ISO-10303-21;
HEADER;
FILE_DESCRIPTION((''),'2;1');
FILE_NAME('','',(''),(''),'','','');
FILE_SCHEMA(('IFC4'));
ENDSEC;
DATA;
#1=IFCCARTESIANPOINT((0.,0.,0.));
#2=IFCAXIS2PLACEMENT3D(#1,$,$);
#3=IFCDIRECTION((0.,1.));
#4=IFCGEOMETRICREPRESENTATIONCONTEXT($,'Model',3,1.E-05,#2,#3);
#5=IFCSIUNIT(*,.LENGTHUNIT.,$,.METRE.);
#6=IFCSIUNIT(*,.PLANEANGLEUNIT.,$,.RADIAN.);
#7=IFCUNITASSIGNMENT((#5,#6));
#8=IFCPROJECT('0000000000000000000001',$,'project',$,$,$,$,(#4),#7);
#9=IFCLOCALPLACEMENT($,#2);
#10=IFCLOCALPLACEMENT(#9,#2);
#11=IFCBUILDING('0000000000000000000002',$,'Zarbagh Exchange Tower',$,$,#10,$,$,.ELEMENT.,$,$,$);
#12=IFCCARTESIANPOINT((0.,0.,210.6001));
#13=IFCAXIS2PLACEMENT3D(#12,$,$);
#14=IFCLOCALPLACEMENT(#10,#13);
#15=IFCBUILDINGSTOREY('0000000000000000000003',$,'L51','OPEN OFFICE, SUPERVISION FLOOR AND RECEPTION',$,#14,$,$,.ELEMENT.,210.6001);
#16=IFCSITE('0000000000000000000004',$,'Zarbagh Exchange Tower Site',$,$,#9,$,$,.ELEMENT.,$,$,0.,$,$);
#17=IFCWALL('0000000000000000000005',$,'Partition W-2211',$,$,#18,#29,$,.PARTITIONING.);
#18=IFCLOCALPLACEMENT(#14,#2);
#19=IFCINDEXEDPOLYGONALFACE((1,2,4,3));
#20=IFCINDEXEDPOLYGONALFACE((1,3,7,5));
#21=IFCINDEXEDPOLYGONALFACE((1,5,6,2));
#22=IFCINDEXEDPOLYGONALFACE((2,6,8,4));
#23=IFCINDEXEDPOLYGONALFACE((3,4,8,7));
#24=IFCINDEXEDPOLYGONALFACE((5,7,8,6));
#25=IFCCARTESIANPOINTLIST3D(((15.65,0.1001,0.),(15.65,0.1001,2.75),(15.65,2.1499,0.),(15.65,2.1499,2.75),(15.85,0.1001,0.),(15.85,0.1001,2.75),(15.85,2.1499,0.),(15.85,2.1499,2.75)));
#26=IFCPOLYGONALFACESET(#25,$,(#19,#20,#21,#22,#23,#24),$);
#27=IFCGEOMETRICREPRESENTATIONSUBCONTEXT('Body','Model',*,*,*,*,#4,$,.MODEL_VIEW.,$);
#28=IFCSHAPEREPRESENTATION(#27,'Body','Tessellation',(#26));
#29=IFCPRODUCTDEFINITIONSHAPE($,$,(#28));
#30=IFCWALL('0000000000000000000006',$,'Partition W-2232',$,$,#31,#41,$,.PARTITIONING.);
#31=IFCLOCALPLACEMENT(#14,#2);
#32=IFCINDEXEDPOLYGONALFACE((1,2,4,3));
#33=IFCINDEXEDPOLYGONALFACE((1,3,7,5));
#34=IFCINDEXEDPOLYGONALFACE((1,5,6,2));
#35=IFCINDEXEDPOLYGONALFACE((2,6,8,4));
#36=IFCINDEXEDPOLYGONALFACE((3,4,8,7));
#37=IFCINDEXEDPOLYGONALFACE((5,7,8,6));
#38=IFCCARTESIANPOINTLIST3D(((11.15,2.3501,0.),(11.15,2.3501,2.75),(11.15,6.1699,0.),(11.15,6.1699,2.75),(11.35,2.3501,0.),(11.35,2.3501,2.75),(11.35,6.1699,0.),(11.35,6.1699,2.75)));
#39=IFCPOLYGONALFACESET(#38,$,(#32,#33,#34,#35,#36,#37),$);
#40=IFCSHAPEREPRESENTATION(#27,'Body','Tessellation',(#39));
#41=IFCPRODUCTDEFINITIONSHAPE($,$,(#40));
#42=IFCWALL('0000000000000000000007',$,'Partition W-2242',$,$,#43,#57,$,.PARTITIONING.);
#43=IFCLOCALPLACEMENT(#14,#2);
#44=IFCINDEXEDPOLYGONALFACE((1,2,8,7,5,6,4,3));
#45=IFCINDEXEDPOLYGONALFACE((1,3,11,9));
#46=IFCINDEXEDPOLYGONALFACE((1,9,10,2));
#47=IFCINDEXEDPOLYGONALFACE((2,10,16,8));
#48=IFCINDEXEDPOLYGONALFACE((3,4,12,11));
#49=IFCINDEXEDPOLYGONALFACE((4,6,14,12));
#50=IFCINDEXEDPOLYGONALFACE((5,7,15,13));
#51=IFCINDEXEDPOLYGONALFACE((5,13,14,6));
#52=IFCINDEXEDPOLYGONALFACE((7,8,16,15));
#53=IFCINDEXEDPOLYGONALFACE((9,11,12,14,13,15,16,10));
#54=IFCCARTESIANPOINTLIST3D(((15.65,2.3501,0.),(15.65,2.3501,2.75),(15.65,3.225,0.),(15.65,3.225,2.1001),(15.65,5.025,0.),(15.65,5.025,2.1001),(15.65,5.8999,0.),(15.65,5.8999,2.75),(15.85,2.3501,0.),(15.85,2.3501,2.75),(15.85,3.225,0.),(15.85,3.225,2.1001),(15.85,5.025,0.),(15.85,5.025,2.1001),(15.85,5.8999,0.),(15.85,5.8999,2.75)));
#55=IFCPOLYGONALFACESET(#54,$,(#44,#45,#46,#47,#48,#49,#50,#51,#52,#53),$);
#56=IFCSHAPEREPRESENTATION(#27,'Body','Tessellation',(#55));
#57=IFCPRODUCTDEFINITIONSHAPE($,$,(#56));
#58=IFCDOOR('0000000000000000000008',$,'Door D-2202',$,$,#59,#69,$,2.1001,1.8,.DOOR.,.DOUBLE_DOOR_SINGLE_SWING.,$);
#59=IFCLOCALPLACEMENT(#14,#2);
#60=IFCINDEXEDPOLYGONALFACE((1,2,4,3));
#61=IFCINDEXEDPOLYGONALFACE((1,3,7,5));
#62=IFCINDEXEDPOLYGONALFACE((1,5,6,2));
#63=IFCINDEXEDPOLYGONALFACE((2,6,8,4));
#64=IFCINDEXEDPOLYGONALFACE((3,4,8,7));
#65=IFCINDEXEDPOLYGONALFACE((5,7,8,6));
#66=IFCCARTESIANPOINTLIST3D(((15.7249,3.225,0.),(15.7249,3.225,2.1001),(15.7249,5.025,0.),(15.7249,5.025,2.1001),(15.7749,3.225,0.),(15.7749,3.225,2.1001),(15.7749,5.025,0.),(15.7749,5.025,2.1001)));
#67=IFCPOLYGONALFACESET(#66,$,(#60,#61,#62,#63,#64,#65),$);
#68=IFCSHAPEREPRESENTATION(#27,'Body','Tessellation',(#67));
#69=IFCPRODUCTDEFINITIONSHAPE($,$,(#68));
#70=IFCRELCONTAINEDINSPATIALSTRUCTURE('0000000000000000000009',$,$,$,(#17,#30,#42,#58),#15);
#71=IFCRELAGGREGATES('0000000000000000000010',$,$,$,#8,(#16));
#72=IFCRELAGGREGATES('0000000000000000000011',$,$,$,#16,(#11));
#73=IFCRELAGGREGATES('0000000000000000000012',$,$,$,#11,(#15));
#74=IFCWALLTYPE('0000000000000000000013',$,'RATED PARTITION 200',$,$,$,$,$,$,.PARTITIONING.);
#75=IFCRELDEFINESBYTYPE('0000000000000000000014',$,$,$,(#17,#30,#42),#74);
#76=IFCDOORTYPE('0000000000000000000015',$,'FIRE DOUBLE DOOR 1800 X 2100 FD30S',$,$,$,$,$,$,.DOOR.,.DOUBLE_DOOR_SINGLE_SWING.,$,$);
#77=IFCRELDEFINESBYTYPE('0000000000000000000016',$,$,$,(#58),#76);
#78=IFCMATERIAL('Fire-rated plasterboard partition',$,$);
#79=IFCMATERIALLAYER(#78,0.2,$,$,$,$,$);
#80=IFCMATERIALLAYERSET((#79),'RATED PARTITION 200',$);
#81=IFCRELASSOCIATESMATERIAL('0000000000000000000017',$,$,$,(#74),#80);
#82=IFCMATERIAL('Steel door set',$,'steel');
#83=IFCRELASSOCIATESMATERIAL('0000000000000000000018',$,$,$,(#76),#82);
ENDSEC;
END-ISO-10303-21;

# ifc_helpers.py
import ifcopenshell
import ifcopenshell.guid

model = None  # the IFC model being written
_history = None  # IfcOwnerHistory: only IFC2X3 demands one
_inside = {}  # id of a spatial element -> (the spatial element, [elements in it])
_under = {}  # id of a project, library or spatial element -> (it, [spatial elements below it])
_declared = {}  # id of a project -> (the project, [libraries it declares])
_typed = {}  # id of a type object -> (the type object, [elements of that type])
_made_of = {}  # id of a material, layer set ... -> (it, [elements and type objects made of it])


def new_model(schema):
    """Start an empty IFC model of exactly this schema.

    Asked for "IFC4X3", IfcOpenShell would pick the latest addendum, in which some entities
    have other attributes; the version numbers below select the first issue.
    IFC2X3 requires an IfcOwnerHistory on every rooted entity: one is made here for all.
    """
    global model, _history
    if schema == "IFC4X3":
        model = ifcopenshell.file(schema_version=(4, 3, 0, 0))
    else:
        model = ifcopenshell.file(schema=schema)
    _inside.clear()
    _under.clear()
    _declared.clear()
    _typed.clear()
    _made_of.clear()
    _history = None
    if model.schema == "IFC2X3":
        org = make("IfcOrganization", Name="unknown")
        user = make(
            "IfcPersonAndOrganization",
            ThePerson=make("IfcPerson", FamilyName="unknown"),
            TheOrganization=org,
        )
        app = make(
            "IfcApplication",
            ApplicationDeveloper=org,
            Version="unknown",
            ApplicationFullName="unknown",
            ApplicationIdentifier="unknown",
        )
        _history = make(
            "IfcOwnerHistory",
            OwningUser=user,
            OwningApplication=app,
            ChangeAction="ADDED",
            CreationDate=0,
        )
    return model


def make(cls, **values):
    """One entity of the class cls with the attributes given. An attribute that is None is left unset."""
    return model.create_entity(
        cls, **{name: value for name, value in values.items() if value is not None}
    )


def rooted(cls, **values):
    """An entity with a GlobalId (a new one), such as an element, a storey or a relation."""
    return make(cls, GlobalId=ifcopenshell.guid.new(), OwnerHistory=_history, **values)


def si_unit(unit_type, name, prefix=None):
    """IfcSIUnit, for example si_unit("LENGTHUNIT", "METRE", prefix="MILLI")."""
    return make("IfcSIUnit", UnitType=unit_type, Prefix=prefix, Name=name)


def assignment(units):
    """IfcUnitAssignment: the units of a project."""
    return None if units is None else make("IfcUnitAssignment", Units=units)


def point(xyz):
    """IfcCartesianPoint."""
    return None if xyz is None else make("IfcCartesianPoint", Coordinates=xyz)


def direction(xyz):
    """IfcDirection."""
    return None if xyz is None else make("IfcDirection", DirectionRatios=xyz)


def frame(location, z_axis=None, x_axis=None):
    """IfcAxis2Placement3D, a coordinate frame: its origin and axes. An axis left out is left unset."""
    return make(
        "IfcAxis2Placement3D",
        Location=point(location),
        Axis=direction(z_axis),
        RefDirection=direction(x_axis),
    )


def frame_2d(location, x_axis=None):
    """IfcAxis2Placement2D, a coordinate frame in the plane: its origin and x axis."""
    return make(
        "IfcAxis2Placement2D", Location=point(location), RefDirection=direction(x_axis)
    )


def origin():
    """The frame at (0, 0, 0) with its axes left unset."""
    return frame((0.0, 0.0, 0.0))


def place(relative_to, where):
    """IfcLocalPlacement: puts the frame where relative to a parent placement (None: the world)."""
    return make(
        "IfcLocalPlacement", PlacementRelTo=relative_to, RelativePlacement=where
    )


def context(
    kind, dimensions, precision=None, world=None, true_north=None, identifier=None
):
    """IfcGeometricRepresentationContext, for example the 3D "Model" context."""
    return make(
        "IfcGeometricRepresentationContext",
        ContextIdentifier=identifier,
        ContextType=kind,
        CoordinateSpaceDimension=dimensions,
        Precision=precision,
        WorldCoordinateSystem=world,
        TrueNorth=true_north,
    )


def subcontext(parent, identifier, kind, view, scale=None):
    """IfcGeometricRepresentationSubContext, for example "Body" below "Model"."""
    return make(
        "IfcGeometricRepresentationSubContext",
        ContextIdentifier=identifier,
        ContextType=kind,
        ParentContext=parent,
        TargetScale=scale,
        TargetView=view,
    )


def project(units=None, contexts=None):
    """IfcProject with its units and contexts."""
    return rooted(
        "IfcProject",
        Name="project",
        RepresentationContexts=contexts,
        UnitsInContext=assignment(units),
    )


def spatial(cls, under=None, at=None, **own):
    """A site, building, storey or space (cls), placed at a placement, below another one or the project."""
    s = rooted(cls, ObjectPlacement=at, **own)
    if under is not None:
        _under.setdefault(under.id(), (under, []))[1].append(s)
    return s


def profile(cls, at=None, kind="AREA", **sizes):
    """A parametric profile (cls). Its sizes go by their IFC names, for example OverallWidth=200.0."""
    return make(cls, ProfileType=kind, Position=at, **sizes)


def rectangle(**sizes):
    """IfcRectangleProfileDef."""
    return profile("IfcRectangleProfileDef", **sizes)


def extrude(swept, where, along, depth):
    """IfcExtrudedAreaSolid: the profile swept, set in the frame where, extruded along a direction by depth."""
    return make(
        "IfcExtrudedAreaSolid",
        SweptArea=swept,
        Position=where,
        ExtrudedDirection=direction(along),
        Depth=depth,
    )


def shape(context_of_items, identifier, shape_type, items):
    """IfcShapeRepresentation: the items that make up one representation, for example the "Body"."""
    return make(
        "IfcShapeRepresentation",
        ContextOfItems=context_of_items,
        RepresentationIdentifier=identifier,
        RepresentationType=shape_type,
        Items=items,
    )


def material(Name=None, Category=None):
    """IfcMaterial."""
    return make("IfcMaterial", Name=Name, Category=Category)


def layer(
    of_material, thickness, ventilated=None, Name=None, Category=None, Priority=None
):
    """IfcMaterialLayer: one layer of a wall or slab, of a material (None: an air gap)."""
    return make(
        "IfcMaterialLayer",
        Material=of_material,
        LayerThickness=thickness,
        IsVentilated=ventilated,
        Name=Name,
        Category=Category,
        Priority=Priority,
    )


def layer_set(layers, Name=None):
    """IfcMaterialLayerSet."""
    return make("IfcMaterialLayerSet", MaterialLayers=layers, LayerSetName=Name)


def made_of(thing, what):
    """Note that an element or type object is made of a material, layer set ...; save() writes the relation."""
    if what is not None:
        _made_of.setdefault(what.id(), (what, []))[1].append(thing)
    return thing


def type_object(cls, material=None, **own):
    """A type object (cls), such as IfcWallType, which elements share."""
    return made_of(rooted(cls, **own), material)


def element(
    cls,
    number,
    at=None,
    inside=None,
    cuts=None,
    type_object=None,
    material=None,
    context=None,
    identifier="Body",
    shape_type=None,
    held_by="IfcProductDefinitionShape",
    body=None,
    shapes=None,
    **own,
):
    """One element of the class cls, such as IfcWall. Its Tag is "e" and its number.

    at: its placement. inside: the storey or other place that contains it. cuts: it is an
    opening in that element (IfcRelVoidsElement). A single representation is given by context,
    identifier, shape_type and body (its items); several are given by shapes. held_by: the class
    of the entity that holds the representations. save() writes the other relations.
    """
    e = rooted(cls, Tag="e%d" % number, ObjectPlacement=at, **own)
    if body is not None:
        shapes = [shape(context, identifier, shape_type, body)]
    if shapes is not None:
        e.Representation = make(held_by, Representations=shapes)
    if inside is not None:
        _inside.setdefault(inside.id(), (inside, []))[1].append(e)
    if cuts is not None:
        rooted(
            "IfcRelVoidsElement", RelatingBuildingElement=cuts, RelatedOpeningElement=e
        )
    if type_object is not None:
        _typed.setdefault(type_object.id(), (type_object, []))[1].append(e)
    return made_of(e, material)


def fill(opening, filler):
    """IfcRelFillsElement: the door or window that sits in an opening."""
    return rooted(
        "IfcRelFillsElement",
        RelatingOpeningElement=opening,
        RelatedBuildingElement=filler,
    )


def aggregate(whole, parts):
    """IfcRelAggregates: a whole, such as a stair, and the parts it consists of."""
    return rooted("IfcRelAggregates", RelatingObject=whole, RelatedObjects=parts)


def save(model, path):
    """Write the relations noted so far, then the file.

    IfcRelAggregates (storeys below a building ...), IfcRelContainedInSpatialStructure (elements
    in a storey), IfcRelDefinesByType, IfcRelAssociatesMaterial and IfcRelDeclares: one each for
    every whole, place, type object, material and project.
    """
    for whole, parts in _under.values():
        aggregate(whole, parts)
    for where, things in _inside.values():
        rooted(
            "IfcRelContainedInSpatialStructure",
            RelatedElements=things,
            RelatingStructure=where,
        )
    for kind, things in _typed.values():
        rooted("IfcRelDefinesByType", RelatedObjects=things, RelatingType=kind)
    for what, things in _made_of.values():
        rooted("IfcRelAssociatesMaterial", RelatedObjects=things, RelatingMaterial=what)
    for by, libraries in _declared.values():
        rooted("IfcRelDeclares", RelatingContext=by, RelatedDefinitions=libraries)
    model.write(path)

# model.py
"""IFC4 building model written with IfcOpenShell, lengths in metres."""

from ifc_helpers import new_model, si_unit, direction, frame, frame_2d, origin, place, context, subcontext, project, spatial, rectangle, extrude, material, layer, layer_set, type_object, element, fill, save


model = new_model("IFC4")

# Units and contexts
model_context = context("Model", 3, precision=1e-05, world=origin(), true_north=direction((0.0, 1.0)))
body_context = subcontext(model_context, "Body", "Model", "MODEL_VIEW")
ifc_project = project(units=[si_unit("LENGTHUNIT", "METRE"), si_unit("PLANEANGLEUNIT", "RADIAN")], contexts=[model_context])

# Site, building, storey
site_placement = place(None, origin())
site = spatial("IfcSite", under=ifc_project, at=site_placement, Name="Zarbagh Exchange Tower Site", CompositionType="ELEMENT", RefElevation=0.0)
building_placement = place(site_placement, origin())
building = spatial("IfcBuilding", under=site, at=building_placement, Name="Zarbagh Exchange Tower", CompositionType="ELEMENT")
storey_placement = place(building_placement, frame((0.0, 0.0, 210.6001)))
storey = spatial("IfcBuildingStorey", under=building, at=storey_placement, Name="L51", Description="OPEN OFFICE, SUPERVISION FLOOR AND RECEPTION", CompositionType="ELEMENT", Elevation=210.6001)

# Shared definitions
ifc_material_1 = material(Name="Fire-rated plasterboard partition")
ifc_layer_1 = layer(ifc_material_1, 0.2)
ifc_layer_set_1 = layer_set([ifc_layer_1], Name="RATED PARTITION 200")
wall_type_1 = type_object("IfcWallType", Name="RATED PARTITION 200", PredefinedType="PARTITIONING", material=ifc_layer_set_1)
ifc_material_2 = material(Name="Steel door set", Category="steel")

# Walls
wall_1_placement = place(storey_placement, frame((15.75, 0.1001, 0.0), z_axis=(0.0, 0.0, 1.0), x_axis=(0.0, 1.0, 0.0)))
element("IfcWall", 1, at=wall_1_placement, inside=storey, type_object=wall_type_1, Name="Partition W-2211", PredefinedType="PARTITIONING", context=body_context, shape_type="SweptSolid", body=[
    extrude(rectangle(XDim=2.0498, YDim=0.2, at=frame_2d((1.0249, 0.0))), origin(), (0.0, 0.0, 1.0), 2.75),
])
wall_2_placement = place(storey_placement, frame((11.25, 2.3501, 0.0), z_axis=(0.0, 0.0, 1.0), x_axis=(0.0, 1.0, 0.0)))
element("IfcWall", 2, at=wall_2_placement, inside=storey, type_object=wall_type_1, Name="Partition W-2232", PredefinedType="PARTITIONING", context=body_context, shape_type="SweptSolid", body=[
    extrude(rectangle(XDim=3.8198, YDim=0.2, at=frame_2d((1.9099, 0.0))), origin(), (0.0, 0.0, 1.0), 2.75),
])

# Wall, opening, door
wall_3_placement = place(storey_placement, frame((15.75, 5.8999, 0.0), z_axis=(0.0, 0.0, 1.0), x_axis=(0.0, -1.0, 0.0)))
wall_3 = element("IfcWall", 3, at=wall_3_placement, inside=storey, type_object=wall_type_1, Name="Partition W-2242", PredefinedType="PARTITIONING", context=body_context, shape_type="SweptSolid", body=[
    extrude(rectangle(XDim=3.5498, YDim=0.2, at=frame_2d((1.7749, 0.0))), origin(), (0.0, 0.0, 1.0), 2.75),
])
opening_1_placement = place(wall_3_placement, frame((0.875, 0.0, 0.0)))
opening_1 = element("IfcOpeningElement", 4, at=opening_1_placement, cuts=wall_3, PredefinedType="OPENING", context=body_context, shape_type="SweptSolid", body=[
    extrude(rectangle(XDim=1.8, YDim=2.1001, at=frame_2d((0.8999, 1.05))), frame((0.0, 0.1099, 0.0), z_axis=(0.0, -1.0, 0.0), x_axis=(1.0, 0.0, 0.0)), (0.0, 0.0, 1.0), 0.22),
])
door_type_1 = type_object("IfcDoorType", Name="FIRE DOUBLE DOOR 1800 X 2100 FD30S", OperationType="DOUBLE_DOOR_SINGLE_SWING", PredefinedType="DOOR", material=ifc_material_2)
door_1_placement = place(opening_1_placement, origin())
door_1 = element("IfcDoor", 5, at=door_1_placement, inside=storey, type_object=door_type_1, Name="Door D-2202", OperationType="DOUBLE_DOOR_SINGLE_SWING", OverallHeight=2.1001, OverallWidth=1.8, PredefinedType="DOOR", context=body_context, shape_type="SweptSolid", body=[
    extrude(rectangle(XDim=1.8, YDim=2.1001, at=frame_2d((0.8999, 1.05))), frame((0.0, 0.0249, 0.0), z_axis=(0.0, -1.0, 0.0), x_axis=(1.0, 0.0, 0.0)), (0.0, 0.0, 1.0), 0.05),
])
fill(opening_1, door_1)

save(model, "model.ifc")
